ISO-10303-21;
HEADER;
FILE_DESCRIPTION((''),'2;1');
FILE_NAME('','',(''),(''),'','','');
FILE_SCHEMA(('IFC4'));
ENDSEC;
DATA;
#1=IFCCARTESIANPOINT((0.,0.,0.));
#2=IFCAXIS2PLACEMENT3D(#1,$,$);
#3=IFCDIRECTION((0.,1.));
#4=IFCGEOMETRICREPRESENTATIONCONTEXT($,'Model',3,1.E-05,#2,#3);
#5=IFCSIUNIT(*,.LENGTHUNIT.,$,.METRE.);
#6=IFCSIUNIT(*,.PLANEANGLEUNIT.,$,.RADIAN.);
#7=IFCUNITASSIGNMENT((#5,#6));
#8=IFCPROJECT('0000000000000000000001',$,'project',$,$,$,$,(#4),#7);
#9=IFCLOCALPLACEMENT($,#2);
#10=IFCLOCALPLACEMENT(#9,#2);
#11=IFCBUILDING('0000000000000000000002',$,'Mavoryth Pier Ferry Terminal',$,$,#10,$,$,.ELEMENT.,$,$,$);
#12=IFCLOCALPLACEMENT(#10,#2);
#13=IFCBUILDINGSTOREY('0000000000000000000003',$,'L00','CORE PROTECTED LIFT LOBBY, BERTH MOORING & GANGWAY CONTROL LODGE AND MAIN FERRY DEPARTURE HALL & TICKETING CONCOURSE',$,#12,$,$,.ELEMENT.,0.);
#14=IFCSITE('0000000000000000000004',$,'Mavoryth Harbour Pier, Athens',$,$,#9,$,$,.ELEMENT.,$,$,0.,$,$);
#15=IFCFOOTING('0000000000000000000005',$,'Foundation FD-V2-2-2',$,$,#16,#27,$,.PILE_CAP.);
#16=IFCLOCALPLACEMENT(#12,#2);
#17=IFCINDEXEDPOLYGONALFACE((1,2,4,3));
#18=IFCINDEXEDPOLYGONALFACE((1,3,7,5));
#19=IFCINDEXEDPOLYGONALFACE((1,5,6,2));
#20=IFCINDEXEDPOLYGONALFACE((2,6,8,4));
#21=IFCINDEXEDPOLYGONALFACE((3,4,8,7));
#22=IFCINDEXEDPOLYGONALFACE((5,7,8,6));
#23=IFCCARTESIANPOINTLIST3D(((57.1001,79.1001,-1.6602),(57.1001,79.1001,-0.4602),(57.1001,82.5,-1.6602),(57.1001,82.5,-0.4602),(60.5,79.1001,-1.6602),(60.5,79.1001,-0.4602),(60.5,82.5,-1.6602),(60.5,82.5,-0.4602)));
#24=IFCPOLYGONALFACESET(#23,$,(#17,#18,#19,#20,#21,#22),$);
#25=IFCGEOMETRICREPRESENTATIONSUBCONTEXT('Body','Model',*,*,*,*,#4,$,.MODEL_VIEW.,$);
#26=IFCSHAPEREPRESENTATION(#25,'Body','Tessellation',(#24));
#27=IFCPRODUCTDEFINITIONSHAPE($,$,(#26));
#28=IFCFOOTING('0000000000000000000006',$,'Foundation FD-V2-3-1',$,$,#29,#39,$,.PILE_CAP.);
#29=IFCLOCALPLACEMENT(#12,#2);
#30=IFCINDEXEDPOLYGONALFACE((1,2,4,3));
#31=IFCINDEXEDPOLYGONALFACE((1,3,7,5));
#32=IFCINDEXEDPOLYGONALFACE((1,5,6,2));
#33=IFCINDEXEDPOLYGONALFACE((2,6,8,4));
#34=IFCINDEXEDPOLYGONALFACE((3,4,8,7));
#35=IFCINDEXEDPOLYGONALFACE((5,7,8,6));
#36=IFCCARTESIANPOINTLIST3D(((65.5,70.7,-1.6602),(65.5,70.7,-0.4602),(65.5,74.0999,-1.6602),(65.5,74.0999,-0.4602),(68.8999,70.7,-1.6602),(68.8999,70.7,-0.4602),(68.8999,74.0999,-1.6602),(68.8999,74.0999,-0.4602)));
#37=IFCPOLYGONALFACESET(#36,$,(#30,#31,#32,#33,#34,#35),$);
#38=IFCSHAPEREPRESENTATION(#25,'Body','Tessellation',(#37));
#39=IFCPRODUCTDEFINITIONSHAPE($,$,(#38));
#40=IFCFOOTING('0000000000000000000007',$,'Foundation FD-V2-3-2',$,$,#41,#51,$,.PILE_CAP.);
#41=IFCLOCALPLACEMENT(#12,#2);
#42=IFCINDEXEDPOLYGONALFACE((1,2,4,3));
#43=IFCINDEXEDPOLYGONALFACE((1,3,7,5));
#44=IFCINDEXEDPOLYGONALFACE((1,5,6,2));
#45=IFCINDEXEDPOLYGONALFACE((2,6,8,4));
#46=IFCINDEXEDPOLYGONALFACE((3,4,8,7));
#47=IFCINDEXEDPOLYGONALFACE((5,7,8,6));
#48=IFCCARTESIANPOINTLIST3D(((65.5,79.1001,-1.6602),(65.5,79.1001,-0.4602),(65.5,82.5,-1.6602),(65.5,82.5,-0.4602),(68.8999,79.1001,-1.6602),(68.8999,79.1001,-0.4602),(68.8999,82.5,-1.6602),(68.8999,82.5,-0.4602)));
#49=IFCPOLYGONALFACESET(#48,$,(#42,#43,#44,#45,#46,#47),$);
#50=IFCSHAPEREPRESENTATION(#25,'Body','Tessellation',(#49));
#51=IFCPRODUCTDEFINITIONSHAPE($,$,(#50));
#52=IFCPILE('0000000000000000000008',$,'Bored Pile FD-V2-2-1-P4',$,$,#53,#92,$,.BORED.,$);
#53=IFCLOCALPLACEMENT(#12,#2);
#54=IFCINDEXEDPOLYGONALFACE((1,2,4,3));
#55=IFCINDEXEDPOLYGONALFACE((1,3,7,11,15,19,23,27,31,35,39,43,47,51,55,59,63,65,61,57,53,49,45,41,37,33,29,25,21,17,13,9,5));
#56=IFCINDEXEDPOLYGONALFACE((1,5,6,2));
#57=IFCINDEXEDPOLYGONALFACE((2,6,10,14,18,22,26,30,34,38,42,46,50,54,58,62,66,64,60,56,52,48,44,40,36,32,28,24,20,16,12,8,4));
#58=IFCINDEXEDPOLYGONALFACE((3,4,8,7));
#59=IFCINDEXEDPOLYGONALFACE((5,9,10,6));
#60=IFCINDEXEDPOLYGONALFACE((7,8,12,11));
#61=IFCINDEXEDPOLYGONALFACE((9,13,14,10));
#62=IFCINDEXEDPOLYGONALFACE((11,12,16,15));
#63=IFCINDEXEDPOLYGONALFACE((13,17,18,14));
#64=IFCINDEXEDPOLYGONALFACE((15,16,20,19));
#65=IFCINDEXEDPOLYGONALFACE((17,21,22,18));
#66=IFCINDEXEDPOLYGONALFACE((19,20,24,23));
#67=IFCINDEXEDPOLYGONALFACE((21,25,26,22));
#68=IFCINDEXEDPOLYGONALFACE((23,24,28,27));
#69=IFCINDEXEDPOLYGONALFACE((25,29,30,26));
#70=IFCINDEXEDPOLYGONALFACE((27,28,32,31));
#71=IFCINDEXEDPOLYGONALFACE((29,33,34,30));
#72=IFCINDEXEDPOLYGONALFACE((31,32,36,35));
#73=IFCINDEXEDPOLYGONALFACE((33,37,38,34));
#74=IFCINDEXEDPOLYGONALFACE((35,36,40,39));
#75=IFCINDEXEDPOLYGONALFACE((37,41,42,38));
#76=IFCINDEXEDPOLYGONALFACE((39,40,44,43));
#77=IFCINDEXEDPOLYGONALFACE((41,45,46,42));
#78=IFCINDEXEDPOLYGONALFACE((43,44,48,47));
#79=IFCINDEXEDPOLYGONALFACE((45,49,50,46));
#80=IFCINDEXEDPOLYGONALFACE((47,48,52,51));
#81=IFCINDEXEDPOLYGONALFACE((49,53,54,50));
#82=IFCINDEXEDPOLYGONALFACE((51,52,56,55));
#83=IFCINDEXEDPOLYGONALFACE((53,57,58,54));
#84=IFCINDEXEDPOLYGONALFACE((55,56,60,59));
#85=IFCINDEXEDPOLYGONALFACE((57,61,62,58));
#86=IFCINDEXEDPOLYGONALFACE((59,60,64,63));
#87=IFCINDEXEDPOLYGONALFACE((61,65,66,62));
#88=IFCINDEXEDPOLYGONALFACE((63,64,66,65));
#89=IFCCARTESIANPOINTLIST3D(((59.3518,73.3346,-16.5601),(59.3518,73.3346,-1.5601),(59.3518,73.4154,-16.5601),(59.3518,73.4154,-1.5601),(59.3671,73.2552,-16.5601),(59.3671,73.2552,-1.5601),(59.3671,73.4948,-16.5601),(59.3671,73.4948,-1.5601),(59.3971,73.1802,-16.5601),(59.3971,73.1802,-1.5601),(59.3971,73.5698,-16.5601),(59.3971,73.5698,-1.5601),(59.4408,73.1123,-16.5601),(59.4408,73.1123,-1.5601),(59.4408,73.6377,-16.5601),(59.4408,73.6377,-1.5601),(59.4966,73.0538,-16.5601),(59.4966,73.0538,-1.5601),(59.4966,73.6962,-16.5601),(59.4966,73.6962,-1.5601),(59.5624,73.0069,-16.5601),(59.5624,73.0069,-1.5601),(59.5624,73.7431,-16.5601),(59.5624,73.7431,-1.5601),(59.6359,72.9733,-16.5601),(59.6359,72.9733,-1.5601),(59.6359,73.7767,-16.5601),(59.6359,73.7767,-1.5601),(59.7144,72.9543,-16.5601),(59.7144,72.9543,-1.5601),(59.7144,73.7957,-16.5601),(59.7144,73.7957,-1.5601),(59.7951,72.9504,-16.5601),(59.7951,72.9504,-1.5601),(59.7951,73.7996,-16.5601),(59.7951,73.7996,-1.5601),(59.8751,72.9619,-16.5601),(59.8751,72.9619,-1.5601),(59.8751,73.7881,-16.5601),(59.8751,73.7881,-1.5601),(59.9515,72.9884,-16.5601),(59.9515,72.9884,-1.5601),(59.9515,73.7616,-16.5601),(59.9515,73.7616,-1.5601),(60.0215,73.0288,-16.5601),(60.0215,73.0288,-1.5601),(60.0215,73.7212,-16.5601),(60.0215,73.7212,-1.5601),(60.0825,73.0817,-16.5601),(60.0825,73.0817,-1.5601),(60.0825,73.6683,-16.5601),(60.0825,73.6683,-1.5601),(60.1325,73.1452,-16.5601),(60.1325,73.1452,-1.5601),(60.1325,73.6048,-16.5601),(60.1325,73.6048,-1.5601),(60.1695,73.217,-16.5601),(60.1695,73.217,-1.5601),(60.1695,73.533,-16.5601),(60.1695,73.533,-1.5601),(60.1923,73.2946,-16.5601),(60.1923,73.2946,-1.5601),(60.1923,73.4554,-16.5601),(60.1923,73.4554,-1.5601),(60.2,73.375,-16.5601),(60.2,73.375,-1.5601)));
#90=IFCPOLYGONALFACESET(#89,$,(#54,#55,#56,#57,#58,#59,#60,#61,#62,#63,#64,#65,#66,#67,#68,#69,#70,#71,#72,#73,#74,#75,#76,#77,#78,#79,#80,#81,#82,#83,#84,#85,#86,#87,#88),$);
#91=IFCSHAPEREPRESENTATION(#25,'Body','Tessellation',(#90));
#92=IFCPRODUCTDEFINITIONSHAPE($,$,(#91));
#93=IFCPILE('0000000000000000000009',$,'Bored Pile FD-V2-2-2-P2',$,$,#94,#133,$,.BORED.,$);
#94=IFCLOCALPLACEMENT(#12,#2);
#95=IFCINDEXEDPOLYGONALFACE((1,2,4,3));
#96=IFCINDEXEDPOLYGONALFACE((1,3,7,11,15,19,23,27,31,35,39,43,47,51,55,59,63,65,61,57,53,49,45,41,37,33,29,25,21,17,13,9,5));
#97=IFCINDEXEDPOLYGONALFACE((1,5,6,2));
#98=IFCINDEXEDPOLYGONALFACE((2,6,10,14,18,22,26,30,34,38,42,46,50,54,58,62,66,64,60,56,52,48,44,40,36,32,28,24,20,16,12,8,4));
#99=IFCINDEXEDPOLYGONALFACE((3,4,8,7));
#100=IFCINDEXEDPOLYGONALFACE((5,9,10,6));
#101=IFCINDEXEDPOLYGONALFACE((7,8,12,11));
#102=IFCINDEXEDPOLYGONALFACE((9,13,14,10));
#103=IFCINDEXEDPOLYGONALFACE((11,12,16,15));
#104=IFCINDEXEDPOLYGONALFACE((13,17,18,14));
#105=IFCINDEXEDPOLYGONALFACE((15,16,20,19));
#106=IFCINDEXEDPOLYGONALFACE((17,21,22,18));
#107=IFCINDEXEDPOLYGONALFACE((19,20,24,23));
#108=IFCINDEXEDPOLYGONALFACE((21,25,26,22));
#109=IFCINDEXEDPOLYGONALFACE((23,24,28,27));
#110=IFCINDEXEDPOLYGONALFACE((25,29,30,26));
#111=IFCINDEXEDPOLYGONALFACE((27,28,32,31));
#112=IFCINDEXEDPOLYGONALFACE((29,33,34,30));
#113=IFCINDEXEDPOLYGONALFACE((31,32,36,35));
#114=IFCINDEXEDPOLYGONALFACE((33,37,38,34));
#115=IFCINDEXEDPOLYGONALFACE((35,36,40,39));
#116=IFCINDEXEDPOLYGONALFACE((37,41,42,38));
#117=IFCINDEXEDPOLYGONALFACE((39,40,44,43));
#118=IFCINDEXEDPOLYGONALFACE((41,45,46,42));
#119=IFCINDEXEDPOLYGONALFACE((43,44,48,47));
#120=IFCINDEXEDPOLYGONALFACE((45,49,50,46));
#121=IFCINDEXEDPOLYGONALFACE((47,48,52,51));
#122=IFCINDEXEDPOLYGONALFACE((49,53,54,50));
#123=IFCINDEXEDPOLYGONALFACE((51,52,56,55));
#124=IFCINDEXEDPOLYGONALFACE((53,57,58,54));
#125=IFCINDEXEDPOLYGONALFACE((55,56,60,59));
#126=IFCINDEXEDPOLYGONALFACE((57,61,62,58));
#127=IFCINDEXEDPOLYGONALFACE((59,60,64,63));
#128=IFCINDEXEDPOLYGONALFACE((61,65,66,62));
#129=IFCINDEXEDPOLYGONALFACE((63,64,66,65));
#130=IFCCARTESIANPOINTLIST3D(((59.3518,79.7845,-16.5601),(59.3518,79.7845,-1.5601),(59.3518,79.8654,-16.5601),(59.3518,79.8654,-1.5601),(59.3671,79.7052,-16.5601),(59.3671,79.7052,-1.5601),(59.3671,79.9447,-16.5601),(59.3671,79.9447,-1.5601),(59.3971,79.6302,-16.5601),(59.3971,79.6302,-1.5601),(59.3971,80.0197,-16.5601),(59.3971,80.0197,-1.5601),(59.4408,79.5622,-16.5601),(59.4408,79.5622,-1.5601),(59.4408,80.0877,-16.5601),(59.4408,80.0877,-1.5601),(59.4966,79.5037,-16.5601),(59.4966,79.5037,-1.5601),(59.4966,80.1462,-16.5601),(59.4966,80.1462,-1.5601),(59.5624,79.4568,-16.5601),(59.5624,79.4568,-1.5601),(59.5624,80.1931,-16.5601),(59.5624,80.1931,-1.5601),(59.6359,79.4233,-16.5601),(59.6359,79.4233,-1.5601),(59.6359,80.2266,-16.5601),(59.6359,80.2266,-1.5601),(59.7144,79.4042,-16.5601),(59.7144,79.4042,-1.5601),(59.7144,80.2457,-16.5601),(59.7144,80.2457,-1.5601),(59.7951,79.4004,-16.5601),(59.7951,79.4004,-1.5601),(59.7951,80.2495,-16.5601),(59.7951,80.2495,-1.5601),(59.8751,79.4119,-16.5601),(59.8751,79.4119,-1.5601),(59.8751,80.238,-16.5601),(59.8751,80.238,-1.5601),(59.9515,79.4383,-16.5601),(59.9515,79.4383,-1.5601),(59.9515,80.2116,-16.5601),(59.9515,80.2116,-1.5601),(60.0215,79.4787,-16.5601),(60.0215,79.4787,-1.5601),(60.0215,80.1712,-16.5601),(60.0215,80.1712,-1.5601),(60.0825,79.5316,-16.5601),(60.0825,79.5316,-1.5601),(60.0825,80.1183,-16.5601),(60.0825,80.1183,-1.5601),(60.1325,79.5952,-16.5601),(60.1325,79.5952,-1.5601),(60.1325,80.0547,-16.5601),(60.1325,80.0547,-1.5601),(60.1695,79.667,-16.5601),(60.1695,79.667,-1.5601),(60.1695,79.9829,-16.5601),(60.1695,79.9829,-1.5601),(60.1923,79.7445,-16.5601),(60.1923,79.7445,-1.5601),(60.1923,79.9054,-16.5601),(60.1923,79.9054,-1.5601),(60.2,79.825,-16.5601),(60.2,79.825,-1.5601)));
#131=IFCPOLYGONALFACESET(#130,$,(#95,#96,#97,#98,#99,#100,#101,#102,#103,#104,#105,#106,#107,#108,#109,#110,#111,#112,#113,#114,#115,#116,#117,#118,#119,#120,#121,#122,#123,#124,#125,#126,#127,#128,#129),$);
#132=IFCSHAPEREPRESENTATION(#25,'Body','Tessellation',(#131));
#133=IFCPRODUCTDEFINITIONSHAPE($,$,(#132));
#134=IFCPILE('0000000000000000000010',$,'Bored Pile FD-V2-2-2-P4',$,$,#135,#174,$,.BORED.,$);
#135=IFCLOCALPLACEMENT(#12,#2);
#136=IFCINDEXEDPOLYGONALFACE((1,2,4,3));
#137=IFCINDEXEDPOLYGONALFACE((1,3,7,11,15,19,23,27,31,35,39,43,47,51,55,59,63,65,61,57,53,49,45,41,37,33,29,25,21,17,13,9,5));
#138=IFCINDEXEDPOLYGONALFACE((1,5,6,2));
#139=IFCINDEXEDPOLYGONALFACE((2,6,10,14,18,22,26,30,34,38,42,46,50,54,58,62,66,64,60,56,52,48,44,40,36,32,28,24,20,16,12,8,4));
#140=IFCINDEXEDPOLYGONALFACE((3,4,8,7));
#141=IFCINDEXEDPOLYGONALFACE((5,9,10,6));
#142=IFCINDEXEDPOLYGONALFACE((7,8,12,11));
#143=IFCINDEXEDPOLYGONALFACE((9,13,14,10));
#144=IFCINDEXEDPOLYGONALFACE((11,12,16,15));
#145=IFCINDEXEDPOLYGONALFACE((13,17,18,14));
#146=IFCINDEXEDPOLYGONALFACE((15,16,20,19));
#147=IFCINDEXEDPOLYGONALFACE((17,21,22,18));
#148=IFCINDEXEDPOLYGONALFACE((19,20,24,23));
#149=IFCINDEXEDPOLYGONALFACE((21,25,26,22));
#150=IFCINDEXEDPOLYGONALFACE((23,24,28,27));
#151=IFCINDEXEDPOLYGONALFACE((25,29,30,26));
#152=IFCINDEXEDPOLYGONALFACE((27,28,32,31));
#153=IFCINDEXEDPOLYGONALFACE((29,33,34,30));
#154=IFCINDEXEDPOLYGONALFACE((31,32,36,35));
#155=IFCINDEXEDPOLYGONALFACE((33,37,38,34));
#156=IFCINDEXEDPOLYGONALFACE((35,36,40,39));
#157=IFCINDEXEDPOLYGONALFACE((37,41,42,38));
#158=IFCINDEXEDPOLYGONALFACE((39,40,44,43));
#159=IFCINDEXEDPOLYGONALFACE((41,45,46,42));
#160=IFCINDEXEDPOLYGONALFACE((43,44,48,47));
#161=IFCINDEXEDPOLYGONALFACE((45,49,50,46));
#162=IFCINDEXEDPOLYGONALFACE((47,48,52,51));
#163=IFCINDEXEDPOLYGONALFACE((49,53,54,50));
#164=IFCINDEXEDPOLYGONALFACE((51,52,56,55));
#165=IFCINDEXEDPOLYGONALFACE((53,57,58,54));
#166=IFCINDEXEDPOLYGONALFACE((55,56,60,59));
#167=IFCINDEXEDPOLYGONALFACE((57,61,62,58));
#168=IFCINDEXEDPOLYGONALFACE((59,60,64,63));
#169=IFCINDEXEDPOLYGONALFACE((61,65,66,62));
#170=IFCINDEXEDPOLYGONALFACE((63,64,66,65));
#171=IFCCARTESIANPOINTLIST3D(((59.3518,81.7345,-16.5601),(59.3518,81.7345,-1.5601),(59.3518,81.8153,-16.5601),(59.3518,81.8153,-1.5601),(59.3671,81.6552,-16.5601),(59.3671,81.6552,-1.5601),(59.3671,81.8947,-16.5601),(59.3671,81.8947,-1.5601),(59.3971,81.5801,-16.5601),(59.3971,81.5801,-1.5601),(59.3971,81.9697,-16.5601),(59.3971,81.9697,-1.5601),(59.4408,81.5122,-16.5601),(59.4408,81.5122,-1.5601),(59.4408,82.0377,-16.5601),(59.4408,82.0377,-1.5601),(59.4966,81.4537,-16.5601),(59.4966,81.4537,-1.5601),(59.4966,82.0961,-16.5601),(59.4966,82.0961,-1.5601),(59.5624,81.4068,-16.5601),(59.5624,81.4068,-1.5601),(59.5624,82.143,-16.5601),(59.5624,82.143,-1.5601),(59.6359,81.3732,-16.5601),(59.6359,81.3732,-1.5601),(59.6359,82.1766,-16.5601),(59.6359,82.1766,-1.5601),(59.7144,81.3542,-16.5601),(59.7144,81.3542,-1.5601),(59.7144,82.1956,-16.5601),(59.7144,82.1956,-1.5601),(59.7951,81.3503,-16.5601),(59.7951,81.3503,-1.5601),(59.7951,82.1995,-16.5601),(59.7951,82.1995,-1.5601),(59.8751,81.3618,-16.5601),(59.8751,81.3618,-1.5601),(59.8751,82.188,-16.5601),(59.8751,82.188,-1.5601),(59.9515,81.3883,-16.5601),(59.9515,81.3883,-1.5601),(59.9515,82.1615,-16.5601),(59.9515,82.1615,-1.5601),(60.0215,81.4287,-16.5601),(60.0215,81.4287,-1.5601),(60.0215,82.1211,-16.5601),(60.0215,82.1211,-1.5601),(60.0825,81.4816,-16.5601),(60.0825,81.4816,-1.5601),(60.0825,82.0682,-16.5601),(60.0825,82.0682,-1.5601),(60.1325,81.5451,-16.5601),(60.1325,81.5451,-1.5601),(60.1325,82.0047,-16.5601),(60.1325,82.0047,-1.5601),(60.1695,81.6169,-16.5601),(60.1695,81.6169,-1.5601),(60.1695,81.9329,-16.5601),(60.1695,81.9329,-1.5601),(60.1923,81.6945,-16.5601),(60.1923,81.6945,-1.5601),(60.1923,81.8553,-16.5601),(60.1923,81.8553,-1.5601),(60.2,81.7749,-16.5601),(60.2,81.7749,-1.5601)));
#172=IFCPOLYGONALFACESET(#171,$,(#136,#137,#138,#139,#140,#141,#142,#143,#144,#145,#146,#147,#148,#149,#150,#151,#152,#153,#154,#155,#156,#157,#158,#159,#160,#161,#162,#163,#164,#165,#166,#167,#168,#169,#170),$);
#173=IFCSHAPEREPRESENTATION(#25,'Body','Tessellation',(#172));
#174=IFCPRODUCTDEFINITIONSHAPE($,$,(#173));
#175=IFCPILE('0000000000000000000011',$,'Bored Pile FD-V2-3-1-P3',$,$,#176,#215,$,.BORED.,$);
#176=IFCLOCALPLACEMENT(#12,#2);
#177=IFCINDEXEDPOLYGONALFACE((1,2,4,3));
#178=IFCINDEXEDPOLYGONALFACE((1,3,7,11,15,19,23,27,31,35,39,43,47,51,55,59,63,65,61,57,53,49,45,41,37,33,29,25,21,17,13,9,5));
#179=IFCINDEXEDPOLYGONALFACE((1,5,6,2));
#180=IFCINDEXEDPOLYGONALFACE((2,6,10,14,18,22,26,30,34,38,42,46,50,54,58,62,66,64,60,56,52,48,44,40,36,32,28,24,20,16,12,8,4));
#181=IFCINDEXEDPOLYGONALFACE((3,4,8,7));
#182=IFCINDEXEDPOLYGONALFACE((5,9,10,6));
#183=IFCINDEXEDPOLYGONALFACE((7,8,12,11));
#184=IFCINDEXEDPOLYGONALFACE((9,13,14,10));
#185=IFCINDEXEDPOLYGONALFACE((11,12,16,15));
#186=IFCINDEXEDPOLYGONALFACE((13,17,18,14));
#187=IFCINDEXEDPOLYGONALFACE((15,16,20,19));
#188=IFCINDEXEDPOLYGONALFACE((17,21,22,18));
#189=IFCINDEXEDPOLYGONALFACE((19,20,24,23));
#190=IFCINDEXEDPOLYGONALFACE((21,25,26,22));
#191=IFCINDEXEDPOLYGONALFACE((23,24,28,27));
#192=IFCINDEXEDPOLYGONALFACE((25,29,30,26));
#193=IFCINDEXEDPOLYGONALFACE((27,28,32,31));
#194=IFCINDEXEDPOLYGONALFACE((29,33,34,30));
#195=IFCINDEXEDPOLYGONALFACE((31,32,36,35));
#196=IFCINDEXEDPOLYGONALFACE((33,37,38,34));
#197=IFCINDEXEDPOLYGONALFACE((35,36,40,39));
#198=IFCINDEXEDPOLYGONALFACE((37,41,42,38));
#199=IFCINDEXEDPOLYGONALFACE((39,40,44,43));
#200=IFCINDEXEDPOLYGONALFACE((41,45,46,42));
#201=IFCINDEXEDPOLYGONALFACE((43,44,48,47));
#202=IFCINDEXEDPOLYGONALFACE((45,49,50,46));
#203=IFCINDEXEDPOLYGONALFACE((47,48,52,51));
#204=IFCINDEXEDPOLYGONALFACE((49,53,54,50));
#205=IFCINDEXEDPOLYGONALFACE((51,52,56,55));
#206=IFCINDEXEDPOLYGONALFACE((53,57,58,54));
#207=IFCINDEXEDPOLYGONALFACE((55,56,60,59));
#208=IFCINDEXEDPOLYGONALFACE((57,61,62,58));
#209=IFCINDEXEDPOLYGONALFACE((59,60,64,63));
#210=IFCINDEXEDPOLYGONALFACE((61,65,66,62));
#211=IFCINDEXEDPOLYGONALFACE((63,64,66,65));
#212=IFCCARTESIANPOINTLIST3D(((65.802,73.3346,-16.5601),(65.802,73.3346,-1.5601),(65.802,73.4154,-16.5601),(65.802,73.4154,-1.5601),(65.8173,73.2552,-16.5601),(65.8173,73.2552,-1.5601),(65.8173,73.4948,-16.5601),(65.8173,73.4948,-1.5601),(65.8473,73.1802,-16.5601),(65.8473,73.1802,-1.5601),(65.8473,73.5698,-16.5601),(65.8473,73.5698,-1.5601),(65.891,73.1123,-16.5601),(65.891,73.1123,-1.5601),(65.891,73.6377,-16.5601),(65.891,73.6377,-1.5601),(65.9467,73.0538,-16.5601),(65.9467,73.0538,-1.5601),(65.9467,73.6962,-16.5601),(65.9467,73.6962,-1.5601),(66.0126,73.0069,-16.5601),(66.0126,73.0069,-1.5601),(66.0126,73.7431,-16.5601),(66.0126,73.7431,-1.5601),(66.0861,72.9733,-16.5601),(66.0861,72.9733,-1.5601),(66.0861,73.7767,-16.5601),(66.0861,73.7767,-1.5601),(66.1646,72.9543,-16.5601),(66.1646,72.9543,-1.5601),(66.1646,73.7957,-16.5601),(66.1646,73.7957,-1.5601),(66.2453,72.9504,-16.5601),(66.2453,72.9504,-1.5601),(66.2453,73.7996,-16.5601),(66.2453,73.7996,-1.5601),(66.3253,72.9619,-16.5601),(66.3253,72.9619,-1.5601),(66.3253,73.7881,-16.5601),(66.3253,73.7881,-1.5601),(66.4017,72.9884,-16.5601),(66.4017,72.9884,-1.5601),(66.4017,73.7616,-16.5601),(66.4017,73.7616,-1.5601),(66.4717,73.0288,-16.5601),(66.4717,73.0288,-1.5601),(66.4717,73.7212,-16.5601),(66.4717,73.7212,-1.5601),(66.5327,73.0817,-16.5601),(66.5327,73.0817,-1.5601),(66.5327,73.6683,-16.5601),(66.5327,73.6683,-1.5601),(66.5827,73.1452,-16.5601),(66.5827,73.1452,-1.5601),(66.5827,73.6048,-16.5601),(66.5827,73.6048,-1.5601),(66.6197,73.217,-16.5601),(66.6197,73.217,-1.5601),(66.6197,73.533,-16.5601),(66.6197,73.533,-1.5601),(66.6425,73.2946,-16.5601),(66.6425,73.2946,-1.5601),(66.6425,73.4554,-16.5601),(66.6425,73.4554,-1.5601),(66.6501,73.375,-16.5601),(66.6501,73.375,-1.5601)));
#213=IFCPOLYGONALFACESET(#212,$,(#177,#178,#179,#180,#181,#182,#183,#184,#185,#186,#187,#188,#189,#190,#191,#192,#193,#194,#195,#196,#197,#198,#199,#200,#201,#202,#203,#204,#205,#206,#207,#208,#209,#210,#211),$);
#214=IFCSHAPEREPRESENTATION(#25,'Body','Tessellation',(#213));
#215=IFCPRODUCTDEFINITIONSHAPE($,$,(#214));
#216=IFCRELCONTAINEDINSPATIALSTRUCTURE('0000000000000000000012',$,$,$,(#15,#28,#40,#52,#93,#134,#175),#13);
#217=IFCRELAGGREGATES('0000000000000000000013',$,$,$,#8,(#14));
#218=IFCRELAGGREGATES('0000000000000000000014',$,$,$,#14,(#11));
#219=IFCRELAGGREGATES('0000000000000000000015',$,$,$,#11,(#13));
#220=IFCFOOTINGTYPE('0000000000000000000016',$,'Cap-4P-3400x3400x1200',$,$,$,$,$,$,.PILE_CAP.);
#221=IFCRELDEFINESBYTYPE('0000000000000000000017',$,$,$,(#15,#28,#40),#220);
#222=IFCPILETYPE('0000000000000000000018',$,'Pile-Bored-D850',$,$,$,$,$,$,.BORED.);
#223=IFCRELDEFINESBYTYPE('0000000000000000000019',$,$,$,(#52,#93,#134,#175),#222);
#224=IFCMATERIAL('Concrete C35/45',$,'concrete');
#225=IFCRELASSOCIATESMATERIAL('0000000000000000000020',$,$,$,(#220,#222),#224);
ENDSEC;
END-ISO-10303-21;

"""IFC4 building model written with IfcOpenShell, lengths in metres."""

from ifc_helpers import new_model, si_unit, direction, frame, origin, origin_2d, place, context, subcontext, project, spatial, rectangle, circle, extrude, material, material_profile, profile_set, type_object, element, save


model = new_model("IFC4")

# Units and contexts
model_context = context("Model", 3, precision=1e-05, world=origin(), true_north=direction((0.0, 1.0)))
body_context = subcontext(model_context, "Body", "Model", "MODEL_VIEW")
ifc_project = project(units=[si_unit("LENGTHUNIT", "METRE"), si_unit("PLANEANGLEUNIT", "RADIAN")], contexts=[model_context])

# Site, building, storey
site_placement = place(None, origin())
site = spatial("IfcSite", under=ifc_project, at=site_placement, Name="Mavoryth Harbour Pier, Athens", CompositionType="ELEMENT", RefElevation=0.0)
building_placement = place(site_placement, origin())
building = spatial("IfcBuilding", under=site, at=building_placement, Name="Mavoryth Pier Ferry Terminal", CompositionType="ELEMENT")
storey_placement = place(building_placement, origin())
storey = spatial("IfcBuildingStorey", under=building, at=storey_placement, Name="L00", Description="CORE PROTECTED LIFT LOBBY, BERTH MOORING & GANGWAY CONTROL LODGE AND MAIN FERRY DEPARTURE HALL & TICKETING CONCOURSE", CompositionType="ELEMENT", Elevation=0.0)

# Footings
ifc_material_1 = material(Name="Concrete C35/45", Category="concrete")
footing_type_1 = type_object("IfcFootingType", Name="Cap-4P-3400x3400x1200", PredefinedType="PILE_CAP", material=ifc_material_1)
for number, where, z_axis, x_axis, name in (
    (1, (58.8, 80.8, -1.6602), (0.0, 0.0, 1.0), (1.0, 0.0, 0.0), "Foundation FD-V2-2-2"),
    (2, (67.2, 72.3999, -1.6602), (0.0, 0.0, 1.0), (1.0, 0.0, 0.0), "Foundation FD-V2-3-1"),
    (3, (67.2, 80.8, -1.6602), (0.0, 0.0, 1.0), (1.0, 0.0, 0.0), "Foundation FD-V2-3-2"),
):
    element("IfcFooting", number, at=place(storey_placement, frame(where, z_axis=z_axis, x_axis=x_axis)), inside=storey, type_object=footing_type_1, Name=name, PredefinedType="PILE_CAP", context=body_context, shape_type="SweptSolid", body=[
        extrude(rectangle(XDim=3.3999, YDim=3.3999, at=origin_2d()), origin(), (0.0, 0.0, 1.0), 1.2),
    ])

# Piles
ifc_material_profile_1 = material_profile(ifc_material_1, circle(Radius=0.425, at=origin_2d()), Name="PILE D850", Category="concrete")
ifc_profile_set_1 = profile_set([ifc_material_profile_1], Name="Concrete C35/45 - PILE D850")
pile_type = type_object("IfcPileType", Name="Pile-Bored-D850", PredefinedType="BORED", material=ifc_profile_set_1)
for number, where, z_axis, x_axis, name in (
    (4, (59.7749, 73.375, -1.5601), (0.0, 0.0, -1.0), (1.0, 0.0, 0.0), "Bored Pile FD-V2-2-1-P4"),
    (5, (59.7749, 79.825, -1.5601), (0.0, 0.0, -1.0), (1.0, 0.0, 0.0), "Bored Pile FD-V2-2-2-P2"),
    (6, (59.7749, 81.7749, -1.5601), (0.0, 0.0, -1.0), (1.0, 0.0, 0.0), "Bored Pile FD-V2-2-2-P4"),
    (7, (66.2251, 73.375, -1.5601), (0.0, 0.0, -1.0), (1.0, 0.0, 0.0), "Bored Pile FD-V2-3-1-P3"),
):
    element("IfcPile", number, at=place(storey_placement, frame(where, z_axis=z_axis, x_axis=x_axis)), inside=storey, type_object=pile_type, Name=name, PredefinedType="BORED", context=body_context, shape_type="SweptSolid", body=[
        extrude(circle(Radius=0.425, at=origin_2d()), origin(), (0.0, 0.0, 1.0), 15.0),
    ])

save(model, "model.ifc")
